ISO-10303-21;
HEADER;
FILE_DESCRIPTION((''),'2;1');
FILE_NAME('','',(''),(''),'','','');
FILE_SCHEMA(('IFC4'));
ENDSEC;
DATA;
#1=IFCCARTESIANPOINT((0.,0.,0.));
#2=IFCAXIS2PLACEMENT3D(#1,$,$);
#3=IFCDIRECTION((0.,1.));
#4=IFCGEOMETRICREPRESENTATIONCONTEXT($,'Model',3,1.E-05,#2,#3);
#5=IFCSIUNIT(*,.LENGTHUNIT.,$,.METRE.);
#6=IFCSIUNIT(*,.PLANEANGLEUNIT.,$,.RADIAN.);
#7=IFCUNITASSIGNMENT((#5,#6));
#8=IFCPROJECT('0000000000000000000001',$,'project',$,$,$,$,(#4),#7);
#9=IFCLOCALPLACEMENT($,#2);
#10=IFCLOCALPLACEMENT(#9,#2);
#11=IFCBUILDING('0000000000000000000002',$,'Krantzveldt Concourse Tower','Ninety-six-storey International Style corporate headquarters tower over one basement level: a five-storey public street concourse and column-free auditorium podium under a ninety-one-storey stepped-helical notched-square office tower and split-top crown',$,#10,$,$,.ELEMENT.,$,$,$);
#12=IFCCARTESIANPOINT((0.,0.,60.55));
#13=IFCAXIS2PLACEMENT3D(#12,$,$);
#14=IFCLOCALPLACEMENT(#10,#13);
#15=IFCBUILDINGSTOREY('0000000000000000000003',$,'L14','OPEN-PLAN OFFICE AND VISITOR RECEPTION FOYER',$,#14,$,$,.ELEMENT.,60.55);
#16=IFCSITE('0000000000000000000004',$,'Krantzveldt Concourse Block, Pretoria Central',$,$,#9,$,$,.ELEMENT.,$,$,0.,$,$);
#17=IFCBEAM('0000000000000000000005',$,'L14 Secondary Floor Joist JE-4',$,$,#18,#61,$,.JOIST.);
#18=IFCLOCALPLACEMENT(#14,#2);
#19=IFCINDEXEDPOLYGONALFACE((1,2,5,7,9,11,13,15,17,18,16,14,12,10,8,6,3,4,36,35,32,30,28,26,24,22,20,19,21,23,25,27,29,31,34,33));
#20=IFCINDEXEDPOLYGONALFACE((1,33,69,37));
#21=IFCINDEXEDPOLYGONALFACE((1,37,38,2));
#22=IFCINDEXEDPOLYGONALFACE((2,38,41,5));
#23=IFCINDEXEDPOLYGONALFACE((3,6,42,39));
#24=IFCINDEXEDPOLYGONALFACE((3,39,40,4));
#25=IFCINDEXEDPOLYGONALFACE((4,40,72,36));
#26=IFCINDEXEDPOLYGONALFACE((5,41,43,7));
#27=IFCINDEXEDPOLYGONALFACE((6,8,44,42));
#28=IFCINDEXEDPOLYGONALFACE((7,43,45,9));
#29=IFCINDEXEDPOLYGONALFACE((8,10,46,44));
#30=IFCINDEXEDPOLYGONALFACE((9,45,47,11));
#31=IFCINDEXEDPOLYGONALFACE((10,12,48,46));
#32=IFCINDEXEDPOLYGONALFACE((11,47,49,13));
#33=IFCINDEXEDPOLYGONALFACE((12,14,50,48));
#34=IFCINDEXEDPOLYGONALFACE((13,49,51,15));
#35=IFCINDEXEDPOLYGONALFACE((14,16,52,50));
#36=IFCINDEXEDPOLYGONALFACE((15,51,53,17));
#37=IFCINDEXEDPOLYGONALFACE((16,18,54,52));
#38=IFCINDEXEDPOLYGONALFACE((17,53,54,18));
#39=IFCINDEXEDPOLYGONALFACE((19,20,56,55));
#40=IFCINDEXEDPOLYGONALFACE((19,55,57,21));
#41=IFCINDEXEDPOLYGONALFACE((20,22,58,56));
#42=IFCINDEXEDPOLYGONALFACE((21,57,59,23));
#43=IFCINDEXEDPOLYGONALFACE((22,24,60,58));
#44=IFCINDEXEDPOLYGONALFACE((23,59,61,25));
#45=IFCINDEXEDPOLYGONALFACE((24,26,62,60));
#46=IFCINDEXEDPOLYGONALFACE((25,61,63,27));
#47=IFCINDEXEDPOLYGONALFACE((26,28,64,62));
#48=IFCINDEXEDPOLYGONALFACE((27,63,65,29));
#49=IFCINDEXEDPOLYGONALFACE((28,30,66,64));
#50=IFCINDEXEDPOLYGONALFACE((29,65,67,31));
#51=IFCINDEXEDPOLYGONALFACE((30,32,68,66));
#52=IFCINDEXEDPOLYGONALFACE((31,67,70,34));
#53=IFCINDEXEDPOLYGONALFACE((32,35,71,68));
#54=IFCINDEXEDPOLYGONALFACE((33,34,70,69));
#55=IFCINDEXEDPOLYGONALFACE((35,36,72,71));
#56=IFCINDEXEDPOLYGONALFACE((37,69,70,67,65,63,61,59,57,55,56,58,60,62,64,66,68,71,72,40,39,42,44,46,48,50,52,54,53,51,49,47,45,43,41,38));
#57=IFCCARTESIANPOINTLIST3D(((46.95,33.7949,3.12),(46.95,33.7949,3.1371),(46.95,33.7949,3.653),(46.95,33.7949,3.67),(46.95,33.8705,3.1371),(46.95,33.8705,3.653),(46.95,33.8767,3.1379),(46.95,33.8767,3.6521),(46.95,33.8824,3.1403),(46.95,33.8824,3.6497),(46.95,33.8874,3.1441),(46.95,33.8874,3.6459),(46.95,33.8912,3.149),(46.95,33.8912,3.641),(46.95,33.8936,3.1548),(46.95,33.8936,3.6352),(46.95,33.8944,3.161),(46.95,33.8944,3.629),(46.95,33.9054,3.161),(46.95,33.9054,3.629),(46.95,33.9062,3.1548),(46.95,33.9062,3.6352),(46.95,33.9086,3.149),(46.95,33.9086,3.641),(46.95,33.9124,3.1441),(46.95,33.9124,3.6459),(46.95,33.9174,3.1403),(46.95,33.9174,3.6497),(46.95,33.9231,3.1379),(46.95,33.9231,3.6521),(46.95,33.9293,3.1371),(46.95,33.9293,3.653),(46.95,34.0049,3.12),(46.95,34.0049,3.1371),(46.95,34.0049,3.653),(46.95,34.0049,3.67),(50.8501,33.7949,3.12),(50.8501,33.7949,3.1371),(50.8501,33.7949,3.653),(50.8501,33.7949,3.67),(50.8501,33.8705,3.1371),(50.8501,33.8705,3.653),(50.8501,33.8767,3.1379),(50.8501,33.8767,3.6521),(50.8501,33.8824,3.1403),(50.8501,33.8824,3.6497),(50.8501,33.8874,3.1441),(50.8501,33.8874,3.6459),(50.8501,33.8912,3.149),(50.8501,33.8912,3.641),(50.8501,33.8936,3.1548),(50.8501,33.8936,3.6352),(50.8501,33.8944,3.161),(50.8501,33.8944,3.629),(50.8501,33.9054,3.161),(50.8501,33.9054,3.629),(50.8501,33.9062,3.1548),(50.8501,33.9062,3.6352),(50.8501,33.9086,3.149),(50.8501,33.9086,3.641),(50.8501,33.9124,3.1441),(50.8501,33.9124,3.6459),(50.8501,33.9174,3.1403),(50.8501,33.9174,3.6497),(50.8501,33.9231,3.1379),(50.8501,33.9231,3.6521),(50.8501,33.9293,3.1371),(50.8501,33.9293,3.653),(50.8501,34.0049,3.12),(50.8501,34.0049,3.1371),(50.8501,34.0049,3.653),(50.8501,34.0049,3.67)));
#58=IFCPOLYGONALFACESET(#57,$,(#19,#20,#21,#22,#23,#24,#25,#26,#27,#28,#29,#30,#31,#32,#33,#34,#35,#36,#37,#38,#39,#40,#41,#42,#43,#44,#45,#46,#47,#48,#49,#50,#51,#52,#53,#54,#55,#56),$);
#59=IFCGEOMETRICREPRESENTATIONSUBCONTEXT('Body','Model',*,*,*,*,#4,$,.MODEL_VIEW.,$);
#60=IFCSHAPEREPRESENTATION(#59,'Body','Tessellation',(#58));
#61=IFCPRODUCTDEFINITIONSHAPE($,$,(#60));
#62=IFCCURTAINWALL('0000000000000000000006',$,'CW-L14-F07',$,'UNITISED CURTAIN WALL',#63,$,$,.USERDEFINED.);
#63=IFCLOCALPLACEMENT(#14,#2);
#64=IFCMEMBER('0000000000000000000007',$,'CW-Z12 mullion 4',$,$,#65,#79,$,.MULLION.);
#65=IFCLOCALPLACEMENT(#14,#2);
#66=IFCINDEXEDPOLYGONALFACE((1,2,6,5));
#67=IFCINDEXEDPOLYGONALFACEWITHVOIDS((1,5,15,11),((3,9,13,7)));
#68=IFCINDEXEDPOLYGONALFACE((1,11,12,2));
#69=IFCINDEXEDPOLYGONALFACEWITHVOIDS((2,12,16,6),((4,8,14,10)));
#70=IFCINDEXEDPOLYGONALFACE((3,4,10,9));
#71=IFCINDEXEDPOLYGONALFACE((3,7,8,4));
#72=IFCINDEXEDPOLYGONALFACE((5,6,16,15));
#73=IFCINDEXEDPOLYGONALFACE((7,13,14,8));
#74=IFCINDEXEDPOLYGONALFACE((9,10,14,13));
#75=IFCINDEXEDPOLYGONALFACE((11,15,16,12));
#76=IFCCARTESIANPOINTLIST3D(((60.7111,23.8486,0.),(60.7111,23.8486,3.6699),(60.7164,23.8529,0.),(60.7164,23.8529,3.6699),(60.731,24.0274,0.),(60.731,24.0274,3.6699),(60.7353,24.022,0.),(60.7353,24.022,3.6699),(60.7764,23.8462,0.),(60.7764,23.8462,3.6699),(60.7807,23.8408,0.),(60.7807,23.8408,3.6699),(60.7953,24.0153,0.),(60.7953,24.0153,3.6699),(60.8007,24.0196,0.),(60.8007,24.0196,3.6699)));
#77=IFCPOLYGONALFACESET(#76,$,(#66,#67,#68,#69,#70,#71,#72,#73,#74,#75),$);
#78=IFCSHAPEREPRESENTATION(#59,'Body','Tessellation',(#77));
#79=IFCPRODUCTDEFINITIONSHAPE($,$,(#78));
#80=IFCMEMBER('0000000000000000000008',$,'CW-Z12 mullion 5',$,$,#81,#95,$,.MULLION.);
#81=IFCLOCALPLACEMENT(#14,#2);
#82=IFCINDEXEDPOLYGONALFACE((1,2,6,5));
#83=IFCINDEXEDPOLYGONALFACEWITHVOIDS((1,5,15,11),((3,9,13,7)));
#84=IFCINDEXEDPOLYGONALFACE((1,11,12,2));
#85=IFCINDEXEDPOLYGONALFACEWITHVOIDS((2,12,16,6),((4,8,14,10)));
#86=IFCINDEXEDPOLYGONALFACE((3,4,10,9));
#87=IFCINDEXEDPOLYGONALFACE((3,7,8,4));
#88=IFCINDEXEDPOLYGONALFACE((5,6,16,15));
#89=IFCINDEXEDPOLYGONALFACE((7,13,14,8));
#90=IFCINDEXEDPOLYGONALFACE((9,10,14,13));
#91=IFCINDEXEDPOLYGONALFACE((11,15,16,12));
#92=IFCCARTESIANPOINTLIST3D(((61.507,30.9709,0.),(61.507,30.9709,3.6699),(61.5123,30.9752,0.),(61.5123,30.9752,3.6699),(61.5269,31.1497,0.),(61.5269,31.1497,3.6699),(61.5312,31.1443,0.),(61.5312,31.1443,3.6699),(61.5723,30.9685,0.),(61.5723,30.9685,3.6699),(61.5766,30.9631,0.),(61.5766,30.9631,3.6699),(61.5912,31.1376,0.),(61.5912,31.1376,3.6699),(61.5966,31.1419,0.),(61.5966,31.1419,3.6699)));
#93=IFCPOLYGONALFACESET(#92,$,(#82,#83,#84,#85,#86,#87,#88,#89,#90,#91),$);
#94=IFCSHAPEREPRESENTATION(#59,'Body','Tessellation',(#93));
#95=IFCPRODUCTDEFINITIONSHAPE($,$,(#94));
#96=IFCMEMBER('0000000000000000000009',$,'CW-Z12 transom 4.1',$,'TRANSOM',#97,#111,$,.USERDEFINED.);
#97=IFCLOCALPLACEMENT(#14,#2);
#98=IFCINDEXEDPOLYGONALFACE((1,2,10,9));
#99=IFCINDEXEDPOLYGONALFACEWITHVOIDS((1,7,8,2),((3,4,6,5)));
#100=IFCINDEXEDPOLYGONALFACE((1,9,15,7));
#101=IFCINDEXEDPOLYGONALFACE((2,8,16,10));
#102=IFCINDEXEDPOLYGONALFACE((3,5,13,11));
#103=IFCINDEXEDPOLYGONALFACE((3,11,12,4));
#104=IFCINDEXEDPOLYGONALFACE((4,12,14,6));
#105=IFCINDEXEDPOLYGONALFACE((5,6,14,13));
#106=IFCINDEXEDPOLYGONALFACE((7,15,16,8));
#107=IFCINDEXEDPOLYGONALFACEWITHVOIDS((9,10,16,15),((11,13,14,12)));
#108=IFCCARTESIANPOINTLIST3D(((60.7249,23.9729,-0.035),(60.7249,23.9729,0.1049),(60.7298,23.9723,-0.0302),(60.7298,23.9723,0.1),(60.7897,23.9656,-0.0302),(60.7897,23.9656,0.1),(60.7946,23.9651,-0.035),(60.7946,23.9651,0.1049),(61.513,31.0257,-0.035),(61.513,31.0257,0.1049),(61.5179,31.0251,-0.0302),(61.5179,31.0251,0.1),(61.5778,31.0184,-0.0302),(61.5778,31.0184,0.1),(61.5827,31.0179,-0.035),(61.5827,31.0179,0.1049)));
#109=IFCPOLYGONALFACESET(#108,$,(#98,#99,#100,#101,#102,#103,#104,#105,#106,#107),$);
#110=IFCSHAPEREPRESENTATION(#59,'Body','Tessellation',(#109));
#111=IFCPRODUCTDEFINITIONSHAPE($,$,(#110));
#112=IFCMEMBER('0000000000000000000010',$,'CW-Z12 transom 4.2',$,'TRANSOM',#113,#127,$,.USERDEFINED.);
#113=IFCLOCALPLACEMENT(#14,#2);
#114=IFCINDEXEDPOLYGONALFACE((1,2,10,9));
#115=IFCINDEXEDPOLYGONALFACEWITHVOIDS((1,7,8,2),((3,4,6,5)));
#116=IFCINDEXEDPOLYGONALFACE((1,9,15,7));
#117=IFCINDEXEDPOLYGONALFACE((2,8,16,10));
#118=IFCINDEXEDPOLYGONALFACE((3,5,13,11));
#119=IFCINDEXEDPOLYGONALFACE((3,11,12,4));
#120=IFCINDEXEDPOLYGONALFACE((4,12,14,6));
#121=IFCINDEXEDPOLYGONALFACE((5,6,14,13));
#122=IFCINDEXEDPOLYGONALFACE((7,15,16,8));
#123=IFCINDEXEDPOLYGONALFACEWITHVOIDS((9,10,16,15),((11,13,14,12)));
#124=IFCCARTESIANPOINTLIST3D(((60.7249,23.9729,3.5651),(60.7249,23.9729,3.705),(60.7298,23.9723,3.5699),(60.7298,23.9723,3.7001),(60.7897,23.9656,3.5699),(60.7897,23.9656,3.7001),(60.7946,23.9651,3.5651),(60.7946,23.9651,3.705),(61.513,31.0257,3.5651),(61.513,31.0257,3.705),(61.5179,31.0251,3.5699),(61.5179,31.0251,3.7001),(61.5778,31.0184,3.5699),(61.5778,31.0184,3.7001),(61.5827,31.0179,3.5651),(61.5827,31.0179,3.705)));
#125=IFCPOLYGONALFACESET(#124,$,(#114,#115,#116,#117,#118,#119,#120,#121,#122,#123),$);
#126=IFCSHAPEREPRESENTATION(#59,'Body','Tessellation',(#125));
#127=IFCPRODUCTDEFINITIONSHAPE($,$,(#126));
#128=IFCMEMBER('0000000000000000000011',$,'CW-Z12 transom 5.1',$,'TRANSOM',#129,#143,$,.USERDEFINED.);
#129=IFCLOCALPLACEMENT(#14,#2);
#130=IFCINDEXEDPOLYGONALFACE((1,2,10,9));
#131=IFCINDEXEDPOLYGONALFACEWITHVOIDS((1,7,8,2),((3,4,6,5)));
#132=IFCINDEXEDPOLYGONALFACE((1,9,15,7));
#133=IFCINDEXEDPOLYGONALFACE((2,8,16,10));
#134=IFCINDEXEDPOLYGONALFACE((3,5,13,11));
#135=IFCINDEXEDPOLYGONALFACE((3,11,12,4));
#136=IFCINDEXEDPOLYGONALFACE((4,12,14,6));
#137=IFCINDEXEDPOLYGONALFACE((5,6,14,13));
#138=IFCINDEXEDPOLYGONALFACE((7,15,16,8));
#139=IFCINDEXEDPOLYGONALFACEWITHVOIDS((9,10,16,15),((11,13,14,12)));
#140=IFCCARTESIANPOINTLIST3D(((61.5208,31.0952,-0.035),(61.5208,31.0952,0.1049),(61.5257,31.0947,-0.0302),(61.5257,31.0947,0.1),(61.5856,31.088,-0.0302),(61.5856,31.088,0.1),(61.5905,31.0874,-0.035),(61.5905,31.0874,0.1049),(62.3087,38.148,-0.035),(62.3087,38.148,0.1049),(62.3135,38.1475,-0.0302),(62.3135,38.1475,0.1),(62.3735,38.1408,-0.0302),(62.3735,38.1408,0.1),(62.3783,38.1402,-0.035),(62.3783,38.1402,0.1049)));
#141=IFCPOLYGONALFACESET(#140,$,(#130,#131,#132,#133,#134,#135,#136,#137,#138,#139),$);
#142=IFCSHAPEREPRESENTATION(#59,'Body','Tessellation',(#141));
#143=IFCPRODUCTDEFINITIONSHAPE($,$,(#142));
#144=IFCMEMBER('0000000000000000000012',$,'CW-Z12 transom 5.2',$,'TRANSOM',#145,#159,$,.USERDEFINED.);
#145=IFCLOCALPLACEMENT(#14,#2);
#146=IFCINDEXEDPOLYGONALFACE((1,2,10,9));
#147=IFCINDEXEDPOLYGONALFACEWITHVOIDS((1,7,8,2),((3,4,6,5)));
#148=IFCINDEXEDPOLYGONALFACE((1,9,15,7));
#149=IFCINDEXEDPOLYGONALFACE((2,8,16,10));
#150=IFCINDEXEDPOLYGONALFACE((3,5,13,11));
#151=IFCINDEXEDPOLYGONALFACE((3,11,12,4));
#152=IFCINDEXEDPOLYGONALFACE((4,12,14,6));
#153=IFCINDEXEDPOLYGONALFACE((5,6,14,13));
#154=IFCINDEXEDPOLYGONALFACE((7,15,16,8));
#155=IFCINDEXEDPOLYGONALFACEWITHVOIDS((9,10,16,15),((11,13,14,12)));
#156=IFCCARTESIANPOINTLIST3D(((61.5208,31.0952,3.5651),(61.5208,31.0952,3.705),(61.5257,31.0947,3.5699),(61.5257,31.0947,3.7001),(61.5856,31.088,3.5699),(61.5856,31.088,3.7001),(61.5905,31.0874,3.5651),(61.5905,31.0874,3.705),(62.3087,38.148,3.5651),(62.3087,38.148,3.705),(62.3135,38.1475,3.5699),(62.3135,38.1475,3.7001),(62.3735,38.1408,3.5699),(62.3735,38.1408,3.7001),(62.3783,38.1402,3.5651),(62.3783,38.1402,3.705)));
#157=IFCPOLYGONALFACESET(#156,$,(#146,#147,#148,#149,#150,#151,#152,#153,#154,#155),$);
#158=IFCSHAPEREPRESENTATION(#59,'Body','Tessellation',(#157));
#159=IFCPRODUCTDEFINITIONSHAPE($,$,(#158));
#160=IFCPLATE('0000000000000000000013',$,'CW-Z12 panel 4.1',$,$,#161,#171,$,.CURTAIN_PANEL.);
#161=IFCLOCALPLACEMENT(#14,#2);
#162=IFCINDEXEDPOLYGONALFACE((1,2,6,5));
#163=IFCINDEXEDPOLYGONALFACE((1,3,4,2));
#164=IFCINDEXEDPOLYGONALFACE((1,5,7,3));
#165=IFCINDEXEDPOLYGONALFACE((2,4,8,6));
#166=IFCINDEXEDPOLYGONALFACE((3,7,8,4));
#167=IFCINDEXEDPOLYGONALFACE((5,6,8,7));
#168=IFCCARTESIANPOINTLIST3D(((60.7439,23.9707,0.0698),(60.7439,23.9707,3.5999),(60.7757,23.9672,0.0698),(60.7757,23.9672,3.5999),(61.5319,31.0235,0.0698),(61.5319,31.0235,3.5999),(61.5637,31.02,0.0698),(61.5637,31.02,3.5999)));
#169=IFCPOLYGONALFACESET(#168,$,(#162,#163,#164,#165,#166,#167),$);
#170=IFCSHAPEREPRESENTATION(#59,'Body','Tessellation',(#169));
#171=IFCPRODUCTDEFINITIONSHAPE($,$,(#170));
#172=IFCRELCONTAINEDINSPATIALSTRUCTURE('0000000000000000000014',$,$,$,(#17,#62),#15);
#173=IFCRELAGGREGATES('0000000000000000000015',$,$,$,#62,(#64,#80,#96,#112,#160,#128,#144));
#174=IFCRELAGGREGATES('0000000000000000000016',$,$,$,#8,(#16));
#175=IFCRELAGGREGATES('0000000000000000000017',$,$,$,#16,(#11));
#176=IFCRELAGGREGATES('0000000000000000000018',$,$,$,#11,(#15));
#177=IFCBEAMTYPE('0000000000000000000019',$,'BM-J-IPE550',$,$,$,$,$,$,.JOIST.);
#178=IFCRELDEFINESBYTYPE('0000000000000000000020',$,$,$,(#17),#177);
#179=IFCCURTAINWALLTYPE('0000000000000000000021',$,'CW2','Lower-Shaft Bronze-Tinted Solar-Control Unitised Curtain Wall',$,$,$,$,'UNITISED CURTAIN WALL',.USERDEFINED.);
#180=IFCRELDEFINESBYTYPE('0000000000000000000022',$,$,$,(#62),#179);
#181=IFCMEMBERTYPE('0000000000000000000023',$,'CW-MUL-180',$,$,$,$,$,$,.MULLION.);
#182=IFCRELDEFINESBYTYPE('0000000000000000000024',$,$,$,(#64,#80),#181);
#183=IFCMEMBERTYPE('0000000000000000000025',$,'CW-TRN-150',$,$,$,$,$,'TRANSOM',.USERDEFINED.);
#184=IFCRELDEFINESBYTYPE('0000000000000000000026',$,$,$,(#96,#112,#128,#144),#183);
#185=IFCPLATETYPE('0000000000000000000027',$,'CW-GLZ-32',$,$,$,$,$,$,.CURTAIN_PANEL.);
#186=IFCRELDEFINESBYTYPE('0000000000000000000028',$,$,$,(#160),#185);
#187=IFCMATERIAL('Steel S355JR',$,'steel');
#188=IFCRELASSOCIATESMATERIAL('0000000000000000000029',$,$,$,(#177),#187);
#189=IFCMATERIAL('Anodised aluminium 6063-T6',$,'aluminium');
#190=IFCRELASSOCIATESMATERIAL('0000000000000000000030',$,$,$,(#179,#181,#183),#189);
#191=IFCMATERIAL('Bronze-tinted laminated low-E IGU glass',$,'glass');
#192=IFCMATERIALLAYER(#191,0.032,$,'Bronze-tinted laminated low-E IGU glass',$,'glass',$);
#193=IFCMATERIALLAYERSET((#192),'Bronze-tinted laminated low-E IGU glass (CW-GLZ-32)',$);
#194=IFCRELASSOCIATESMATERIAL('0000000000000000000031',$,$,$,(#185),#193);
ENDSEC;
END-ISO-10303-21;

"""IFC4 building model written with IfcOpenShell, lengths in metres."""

from ifc_helpers import new_model, si_unit, direction, frame, origin, origin_2d, place, context, subcontext, project, spatial, rectangle, hollow_rectangle, i_section, extrude, source, transform, mapped, material, layer, layer_set, material_profile, profile_set, type_object, type_shapes, element, aggregate, save


model = new_model("IFC4")

# Units and contexts
model_context = context("Model", 3, precision=1e-05, world=origin(), true_north=direction((0.0, 1.0)))
body_context = subcontext(model_context, "Body", "Model", "MODEL_VIEW")
ifc_project = project(units=[si_unit("LENGTHUNIT", "METRE"), si_unit("PLANEANGLEUNIT", "RADIAN")], contexts=[model_context])

# Site, building, storey
site_placement = place(None, origin())
site = spatial("IfcSite", under=ifc_project, at=site_placement, Name="Krantzveldt Concourse Block, Pretoria Central", CompositionType="ELEMENT", RefElevation=0.0)
building_placement = place(site_placement, origin())
building = spatial("IfcBuilding", under=site, at=building_placement, Name="Krantzveldt Concourse Tower", Description="Ninety-six-storey International Style corporate headquarters tower over one basement level: a five-storey public street concourse and column-free auditorium podium under a ninety-one-storey stepped-helical notched-square office tower and split-top crown", CompositionType="ELEMENT")
storey_placement = place(building_placement, frame((0.0, 0.0, 60.55)))
storey = spatial("IfcBuildingStorey", under=building, at=storey_placement, Name="L14", Description="OPEN-PLAN OFFICE AND VISITOR RECEPTION FOYER", CompositionType="ELEMENT", Elevation=60.55)

# Beam
ifc_material_1 = material(Name="Steel S355JR", Category="steel")
ifc_material_profile_1 = material_profile(ifc_material_1, i_section(OverallWidth=0.21, OverallDepth=0.55, WebThickness=0.011, FlangeThickness=0.0171, FilletRadius=0.0239, at=origin_2d()), Name="Steel S355JR", Category="steel")
ifc_profile_set_1 = profile_set([ifc_material_profile_1], Name="Steel S355JR - IPE 550")
beam_type_1 = type_object("IfcBeamType", Name="BM-J-IPE550", PredefinedType="JOIST", material=ifc_profile_set_1)
shared_shape_1 = source(origin(), body_context, "Body", "SweptSolid", [
    extrude(i_section(OverallWidth=0.21, OverallDepth=0.55, WebThickness=0.011, FlangeThickness=0.0171, FilletRadius=0.0239, at=origin_2d()), origin(), (0.0, 0.0, 1.0), 3.9001),
])
type_shapes(beam_type_1, [shared_shape_1])
for number, where, z_axis, x_axis, name in (
    (1, (46.95, 33.8999, 3.395), (1.0, 0.0, 0.0), (0.0, 1.0, 0.0), "L14 Secondary Floor Joist JE-4"),
):
    element("IfcBeam", number, at=place(storey_placement, frame(where, z_axis=z_axis, x_axis=x_axis)), inside=storey, type_object=beam_type_1, Name=name, PredefinedType="JOIST", context=body_context, shape_type="MappedRepresentation", body=[
        mapped(shared_shape_1, transform((0.0, 0.0, 0.0), x_axis=(1.0, 0.0, 0.0), y_axis=(0.0, 1.0, 0.0), z_axis=(0.0, 0.0, 1.0), scale=1.0)),
    ])

# Curtain wall, members, plate
ifc_material_2 = material(Name="Anodised aluminium 6063-T6", Category="aluminium")
curtain_wall_type = type_object("IfcCurtainWallType", Name="CW2", Description="Lower-Shaft Bronze-Tinted Solar-Control Unitised Curtain Wall", ElementType="UNITISED CURTAIN WALL", PredefinedType="USERDEFINED", material=ifc_material_2)
curtain_wall_placement = place(storey_placement, origin())
curtain_wall = element("IfcCurtainWall", 2, at=curtain_wall_placement, inside=storey, type_object=curtain_wall_type, Name="CW-L14-F07", ObjectType="UNITISED CURTAIN WALL", PredefinedType="USERDEFINED")
ifc_material_profile_2 = material_profile(ifc_material_2, hollow_rectangle(XDim=0.0701, YDim=0.1799, WallThickness=0.0049, at=origin_2d()), Name="Anodised aluminium 6063-T6", Category="aluminium")
ifc_profile_set_2 = profile_set([ifc_material_profile_2], Name="Anodised aluminium 6063-T6 - ALU-MULL 180x70x5")
member_type_1 = type_object("IfcMemberType", Name="CW-MUL-180", PredefinedType="MULLION", material=ifc_profile_set_2)
shared_shape_2 = source(origin(), body_context, "Body", "SweptSolid", [
    extrude(hollow_rectangle(XDim=0.0701, YDim=0.1799, WallThickness=0.0049, at=origin_2d()), origin(), (0.0, 0.0, 1.0), 3.6699),
])
type_shapes(member_type_1, [shared_shape_2])
member_1_placement = place(storey_placement, frame((60.7559, 23.9341, 0.0), z_axis=(0.0, 0.0, 1.0), x_axis=(-0.993816, 0.111035, 0.0)))
member_1 = element("IfcMember", 3, at=member_1_placement, type_object=member_type_1, Name="CW-Z12 mullion 4", PredefinedType="MULLION", context=body_context, shape_type="MappedRepresentation", body=[
    mapped(shared_shape_2, transform((0.0, 0.0, 0.0), x_axis=(1.0, 0.0, 0.0), y_axis=(0.0, 1.0, 0.0), z_axis=(0.0, 0.0, 1.0), scale=1.0)),
])
member_2_placement = place(storey_placement, frame((61.5518, 31.0564, 0.0), z_axis=(0.0, 0.0, 1.0), x_axis=(-0.993816, 0.111035, 0.0)))
member_2 = element("IfcMember", 4, at=member_2_placement, type_object=member_type_1, Name="CW-Z12 mullion 5", PredefinedType="MULLION", context=body_context, shape_type="MappedRepresentation", body=[
    mapped(shared_shape_2, transform((0.0, 0.0, 0.0), x_axis=(1.0, 0.0, 0.0), y_axis=(0.0, 1.0, 0.0), z_axis=(0.0, 0.0, 1.0), scale=1.0)),
])
ifc_material_profile_3 = material_profile(ifc_material_2, hollow_rectangle(XDim=0.0701, YDim=0.1399, WallThickness=0.0049, at=origin_2d()), Name="Anodised aluminium 6063-T6", Category="aluminium")
ifc_profile_set_3 = profile_set([ifc_material_profile_3], Name="Anodised aluminium 6063-T6 - ALU-TRAN 140x70x5")
member_type_2 = type_object("IfcMemberType", Name="CW-TRN-150", ElementType="TRANSOM", PredefinedType="USERDEFINED", material=ifc_profile_set_3)
shared_shape_3 = source(origin(), body_context, "Body", "SweptSolid", [
    extrude(hollow_rectangle(XDim=0.0701, YDim=0.1399, WallThickness=0.0049, at=origin_2d()), origin(), (0.0, 0.0, 1.0), 7.0967),
])
type_shapes(member_type_2, [shared_shape_3])
member_3_placement = place(storey_placement, frame((60.7598, 23.969, 0.0349), z_axis=(0.111051, 0.993815, 0.0), x_axis=(-0.993815, 0.111051, 0.0)))
member_3 = element("IfcMember", 5, at=member_3_placement, type_object=member_type_2, Name="CW-Z12 transom 4.1", ObjectType="TRANSOM", PredefinedType="USERDEFINED", context=body_context, shape_type="MappedRepresentation", body=[
    mapped(shared_shape_3, transform((0.0, 0.0, 0.0), x_axis=(1.0, 0.0, 0.0), y_axis=(0.0, 1.0, 0.0), z_axis=(0.0, 0.0, 1.0), scale=1.0)),
])
member_4_placement = place(storey_placement, frame((60.7598, 23.969, 3.635), z_axis=(0.111051, 0.993815, 0.0), x_axis=(-0.993815, 0.111051, 0.0)))
member_4 = element("IfcMember", 6, at=member_4_placement, type_object=member_type_2, Name="CW-Z12 transom 4.2", ObjectType="TRANSOM", PredefinedType="USERDEFINED", context=body_context, shape_type="MappedRepresentation", body=[
    mapped(shared_shape_3, transform((0.0, 0.0, 0.0), x_axis=(1.0, 0.0, 0.0), y_axis=(0.0, 1.0, 0.0), z_axis=(0.0, 0.0, 1.0), scale=1.0)),
])
member_5_placement = place(storey_placement, frame((61.5557, 31.0913, 0.0349), z_axis=(0.111017, 0.993819, 0.0), x_axis=(-0.993819, 0.111017, 0.0)))
member_5 = element("IfcMember", 7, at=member_5_placement, type_object=member_type_2, Name="CW-Z12 transom 5.1", ObjectType="TRANSOM", PredefinedType="USERDEFINED", context=body_context, shape_type="MappedRepresentation", body=[
    mapped(shared_shape_3, transform((0.0, 0.0, 0.0), x_axis=(1.0, 0.0, 0.0), y_axis=(0.0, 1.0, 0.0), z_axis=(0.0, 0.0, 1.0), scale=1.0)),
])
member_6_placement = place(storey_placement, frame((61.5557, 31.0913, 3.635), z_axis=(0.111017, 0.993819, 0.0), x_axis=(-0.993819, 0.111017, 0.0)))
member_6 = element("IfcMember", 8, at=member_6_placement, type_object=member_type_2, Name="CW-Z12 transom 5.2", ObjectType="TRANSOM", PredefinedType="USERDEFINED", context=body_context, shape_type="MappedRepresentation", body=[
    mapped(shared_shape_3, transform((0.0, 0.0, 0.0), x_axis=(1.0, 0.0, 0.0), y_axis=(0.0, 1.0, 0.0), z_axis=(0.0, 0.0, 1.0), scale=1.0)),
])
ifc_material_3 = material(Name="Bronze-tinted laminated low-E IGU glass", Category="glass")
ifc_layer_1 = layer(ifc_material_3, 0.032, Name="Bronze-tinted laminated low-E IGU glass", Category="glass")
ifc_layer_set_1 = layer_set([ifc_layer_1], Name="Bronze-tinted laminated low-E IGU glass (CW-GLZ-32)")
plate_type = type_object("IfcPlateType", Name="CW-GLZ-32", PredefinedType="CURTAIN_PANEL", material=ifc_layer_set_1)
shared_shape_4 = source(origin(), body_context, "Body", "SweptSolid", [
    extrude(rectangle(XDim=7.0967, YDim=0.032, at=origin_2d()), origin(), (0.0, 0.0, 1.0), 3.53),
])
type_shapes(plate_type, [shared_shape_4])
plate_1_placement = place(storey_placement, frame((61.1538, 27.4954, 0.0698), z_axis=(0.0, 0.0, 1.0), x_axis=(0.111035, 0.993816, 0.0)))
plate_1 = element("IfcPlate", 9, at=plate_1_placement, type_object=plate_type, Name="CW-Z12 panel 4.1", PredefinedType="CURTAIN_PANEL", context=body_context, shape_type="MappedRepresentation", body=[
    mapped(shared_shape_4, transform((0.0, 0.0, 0.0), x_axis=(1.0, 0.0, 0.0), y_axis=(0.0, 1.0, 0.0), z_axis=(0.0, 0.0, 1.0), scale=1.0)),
])
aggregate(curtain_wall, [member_1, member_2, member_3, member_4, plate_1, member_5, member_6])

save(model, "model.ifc")
